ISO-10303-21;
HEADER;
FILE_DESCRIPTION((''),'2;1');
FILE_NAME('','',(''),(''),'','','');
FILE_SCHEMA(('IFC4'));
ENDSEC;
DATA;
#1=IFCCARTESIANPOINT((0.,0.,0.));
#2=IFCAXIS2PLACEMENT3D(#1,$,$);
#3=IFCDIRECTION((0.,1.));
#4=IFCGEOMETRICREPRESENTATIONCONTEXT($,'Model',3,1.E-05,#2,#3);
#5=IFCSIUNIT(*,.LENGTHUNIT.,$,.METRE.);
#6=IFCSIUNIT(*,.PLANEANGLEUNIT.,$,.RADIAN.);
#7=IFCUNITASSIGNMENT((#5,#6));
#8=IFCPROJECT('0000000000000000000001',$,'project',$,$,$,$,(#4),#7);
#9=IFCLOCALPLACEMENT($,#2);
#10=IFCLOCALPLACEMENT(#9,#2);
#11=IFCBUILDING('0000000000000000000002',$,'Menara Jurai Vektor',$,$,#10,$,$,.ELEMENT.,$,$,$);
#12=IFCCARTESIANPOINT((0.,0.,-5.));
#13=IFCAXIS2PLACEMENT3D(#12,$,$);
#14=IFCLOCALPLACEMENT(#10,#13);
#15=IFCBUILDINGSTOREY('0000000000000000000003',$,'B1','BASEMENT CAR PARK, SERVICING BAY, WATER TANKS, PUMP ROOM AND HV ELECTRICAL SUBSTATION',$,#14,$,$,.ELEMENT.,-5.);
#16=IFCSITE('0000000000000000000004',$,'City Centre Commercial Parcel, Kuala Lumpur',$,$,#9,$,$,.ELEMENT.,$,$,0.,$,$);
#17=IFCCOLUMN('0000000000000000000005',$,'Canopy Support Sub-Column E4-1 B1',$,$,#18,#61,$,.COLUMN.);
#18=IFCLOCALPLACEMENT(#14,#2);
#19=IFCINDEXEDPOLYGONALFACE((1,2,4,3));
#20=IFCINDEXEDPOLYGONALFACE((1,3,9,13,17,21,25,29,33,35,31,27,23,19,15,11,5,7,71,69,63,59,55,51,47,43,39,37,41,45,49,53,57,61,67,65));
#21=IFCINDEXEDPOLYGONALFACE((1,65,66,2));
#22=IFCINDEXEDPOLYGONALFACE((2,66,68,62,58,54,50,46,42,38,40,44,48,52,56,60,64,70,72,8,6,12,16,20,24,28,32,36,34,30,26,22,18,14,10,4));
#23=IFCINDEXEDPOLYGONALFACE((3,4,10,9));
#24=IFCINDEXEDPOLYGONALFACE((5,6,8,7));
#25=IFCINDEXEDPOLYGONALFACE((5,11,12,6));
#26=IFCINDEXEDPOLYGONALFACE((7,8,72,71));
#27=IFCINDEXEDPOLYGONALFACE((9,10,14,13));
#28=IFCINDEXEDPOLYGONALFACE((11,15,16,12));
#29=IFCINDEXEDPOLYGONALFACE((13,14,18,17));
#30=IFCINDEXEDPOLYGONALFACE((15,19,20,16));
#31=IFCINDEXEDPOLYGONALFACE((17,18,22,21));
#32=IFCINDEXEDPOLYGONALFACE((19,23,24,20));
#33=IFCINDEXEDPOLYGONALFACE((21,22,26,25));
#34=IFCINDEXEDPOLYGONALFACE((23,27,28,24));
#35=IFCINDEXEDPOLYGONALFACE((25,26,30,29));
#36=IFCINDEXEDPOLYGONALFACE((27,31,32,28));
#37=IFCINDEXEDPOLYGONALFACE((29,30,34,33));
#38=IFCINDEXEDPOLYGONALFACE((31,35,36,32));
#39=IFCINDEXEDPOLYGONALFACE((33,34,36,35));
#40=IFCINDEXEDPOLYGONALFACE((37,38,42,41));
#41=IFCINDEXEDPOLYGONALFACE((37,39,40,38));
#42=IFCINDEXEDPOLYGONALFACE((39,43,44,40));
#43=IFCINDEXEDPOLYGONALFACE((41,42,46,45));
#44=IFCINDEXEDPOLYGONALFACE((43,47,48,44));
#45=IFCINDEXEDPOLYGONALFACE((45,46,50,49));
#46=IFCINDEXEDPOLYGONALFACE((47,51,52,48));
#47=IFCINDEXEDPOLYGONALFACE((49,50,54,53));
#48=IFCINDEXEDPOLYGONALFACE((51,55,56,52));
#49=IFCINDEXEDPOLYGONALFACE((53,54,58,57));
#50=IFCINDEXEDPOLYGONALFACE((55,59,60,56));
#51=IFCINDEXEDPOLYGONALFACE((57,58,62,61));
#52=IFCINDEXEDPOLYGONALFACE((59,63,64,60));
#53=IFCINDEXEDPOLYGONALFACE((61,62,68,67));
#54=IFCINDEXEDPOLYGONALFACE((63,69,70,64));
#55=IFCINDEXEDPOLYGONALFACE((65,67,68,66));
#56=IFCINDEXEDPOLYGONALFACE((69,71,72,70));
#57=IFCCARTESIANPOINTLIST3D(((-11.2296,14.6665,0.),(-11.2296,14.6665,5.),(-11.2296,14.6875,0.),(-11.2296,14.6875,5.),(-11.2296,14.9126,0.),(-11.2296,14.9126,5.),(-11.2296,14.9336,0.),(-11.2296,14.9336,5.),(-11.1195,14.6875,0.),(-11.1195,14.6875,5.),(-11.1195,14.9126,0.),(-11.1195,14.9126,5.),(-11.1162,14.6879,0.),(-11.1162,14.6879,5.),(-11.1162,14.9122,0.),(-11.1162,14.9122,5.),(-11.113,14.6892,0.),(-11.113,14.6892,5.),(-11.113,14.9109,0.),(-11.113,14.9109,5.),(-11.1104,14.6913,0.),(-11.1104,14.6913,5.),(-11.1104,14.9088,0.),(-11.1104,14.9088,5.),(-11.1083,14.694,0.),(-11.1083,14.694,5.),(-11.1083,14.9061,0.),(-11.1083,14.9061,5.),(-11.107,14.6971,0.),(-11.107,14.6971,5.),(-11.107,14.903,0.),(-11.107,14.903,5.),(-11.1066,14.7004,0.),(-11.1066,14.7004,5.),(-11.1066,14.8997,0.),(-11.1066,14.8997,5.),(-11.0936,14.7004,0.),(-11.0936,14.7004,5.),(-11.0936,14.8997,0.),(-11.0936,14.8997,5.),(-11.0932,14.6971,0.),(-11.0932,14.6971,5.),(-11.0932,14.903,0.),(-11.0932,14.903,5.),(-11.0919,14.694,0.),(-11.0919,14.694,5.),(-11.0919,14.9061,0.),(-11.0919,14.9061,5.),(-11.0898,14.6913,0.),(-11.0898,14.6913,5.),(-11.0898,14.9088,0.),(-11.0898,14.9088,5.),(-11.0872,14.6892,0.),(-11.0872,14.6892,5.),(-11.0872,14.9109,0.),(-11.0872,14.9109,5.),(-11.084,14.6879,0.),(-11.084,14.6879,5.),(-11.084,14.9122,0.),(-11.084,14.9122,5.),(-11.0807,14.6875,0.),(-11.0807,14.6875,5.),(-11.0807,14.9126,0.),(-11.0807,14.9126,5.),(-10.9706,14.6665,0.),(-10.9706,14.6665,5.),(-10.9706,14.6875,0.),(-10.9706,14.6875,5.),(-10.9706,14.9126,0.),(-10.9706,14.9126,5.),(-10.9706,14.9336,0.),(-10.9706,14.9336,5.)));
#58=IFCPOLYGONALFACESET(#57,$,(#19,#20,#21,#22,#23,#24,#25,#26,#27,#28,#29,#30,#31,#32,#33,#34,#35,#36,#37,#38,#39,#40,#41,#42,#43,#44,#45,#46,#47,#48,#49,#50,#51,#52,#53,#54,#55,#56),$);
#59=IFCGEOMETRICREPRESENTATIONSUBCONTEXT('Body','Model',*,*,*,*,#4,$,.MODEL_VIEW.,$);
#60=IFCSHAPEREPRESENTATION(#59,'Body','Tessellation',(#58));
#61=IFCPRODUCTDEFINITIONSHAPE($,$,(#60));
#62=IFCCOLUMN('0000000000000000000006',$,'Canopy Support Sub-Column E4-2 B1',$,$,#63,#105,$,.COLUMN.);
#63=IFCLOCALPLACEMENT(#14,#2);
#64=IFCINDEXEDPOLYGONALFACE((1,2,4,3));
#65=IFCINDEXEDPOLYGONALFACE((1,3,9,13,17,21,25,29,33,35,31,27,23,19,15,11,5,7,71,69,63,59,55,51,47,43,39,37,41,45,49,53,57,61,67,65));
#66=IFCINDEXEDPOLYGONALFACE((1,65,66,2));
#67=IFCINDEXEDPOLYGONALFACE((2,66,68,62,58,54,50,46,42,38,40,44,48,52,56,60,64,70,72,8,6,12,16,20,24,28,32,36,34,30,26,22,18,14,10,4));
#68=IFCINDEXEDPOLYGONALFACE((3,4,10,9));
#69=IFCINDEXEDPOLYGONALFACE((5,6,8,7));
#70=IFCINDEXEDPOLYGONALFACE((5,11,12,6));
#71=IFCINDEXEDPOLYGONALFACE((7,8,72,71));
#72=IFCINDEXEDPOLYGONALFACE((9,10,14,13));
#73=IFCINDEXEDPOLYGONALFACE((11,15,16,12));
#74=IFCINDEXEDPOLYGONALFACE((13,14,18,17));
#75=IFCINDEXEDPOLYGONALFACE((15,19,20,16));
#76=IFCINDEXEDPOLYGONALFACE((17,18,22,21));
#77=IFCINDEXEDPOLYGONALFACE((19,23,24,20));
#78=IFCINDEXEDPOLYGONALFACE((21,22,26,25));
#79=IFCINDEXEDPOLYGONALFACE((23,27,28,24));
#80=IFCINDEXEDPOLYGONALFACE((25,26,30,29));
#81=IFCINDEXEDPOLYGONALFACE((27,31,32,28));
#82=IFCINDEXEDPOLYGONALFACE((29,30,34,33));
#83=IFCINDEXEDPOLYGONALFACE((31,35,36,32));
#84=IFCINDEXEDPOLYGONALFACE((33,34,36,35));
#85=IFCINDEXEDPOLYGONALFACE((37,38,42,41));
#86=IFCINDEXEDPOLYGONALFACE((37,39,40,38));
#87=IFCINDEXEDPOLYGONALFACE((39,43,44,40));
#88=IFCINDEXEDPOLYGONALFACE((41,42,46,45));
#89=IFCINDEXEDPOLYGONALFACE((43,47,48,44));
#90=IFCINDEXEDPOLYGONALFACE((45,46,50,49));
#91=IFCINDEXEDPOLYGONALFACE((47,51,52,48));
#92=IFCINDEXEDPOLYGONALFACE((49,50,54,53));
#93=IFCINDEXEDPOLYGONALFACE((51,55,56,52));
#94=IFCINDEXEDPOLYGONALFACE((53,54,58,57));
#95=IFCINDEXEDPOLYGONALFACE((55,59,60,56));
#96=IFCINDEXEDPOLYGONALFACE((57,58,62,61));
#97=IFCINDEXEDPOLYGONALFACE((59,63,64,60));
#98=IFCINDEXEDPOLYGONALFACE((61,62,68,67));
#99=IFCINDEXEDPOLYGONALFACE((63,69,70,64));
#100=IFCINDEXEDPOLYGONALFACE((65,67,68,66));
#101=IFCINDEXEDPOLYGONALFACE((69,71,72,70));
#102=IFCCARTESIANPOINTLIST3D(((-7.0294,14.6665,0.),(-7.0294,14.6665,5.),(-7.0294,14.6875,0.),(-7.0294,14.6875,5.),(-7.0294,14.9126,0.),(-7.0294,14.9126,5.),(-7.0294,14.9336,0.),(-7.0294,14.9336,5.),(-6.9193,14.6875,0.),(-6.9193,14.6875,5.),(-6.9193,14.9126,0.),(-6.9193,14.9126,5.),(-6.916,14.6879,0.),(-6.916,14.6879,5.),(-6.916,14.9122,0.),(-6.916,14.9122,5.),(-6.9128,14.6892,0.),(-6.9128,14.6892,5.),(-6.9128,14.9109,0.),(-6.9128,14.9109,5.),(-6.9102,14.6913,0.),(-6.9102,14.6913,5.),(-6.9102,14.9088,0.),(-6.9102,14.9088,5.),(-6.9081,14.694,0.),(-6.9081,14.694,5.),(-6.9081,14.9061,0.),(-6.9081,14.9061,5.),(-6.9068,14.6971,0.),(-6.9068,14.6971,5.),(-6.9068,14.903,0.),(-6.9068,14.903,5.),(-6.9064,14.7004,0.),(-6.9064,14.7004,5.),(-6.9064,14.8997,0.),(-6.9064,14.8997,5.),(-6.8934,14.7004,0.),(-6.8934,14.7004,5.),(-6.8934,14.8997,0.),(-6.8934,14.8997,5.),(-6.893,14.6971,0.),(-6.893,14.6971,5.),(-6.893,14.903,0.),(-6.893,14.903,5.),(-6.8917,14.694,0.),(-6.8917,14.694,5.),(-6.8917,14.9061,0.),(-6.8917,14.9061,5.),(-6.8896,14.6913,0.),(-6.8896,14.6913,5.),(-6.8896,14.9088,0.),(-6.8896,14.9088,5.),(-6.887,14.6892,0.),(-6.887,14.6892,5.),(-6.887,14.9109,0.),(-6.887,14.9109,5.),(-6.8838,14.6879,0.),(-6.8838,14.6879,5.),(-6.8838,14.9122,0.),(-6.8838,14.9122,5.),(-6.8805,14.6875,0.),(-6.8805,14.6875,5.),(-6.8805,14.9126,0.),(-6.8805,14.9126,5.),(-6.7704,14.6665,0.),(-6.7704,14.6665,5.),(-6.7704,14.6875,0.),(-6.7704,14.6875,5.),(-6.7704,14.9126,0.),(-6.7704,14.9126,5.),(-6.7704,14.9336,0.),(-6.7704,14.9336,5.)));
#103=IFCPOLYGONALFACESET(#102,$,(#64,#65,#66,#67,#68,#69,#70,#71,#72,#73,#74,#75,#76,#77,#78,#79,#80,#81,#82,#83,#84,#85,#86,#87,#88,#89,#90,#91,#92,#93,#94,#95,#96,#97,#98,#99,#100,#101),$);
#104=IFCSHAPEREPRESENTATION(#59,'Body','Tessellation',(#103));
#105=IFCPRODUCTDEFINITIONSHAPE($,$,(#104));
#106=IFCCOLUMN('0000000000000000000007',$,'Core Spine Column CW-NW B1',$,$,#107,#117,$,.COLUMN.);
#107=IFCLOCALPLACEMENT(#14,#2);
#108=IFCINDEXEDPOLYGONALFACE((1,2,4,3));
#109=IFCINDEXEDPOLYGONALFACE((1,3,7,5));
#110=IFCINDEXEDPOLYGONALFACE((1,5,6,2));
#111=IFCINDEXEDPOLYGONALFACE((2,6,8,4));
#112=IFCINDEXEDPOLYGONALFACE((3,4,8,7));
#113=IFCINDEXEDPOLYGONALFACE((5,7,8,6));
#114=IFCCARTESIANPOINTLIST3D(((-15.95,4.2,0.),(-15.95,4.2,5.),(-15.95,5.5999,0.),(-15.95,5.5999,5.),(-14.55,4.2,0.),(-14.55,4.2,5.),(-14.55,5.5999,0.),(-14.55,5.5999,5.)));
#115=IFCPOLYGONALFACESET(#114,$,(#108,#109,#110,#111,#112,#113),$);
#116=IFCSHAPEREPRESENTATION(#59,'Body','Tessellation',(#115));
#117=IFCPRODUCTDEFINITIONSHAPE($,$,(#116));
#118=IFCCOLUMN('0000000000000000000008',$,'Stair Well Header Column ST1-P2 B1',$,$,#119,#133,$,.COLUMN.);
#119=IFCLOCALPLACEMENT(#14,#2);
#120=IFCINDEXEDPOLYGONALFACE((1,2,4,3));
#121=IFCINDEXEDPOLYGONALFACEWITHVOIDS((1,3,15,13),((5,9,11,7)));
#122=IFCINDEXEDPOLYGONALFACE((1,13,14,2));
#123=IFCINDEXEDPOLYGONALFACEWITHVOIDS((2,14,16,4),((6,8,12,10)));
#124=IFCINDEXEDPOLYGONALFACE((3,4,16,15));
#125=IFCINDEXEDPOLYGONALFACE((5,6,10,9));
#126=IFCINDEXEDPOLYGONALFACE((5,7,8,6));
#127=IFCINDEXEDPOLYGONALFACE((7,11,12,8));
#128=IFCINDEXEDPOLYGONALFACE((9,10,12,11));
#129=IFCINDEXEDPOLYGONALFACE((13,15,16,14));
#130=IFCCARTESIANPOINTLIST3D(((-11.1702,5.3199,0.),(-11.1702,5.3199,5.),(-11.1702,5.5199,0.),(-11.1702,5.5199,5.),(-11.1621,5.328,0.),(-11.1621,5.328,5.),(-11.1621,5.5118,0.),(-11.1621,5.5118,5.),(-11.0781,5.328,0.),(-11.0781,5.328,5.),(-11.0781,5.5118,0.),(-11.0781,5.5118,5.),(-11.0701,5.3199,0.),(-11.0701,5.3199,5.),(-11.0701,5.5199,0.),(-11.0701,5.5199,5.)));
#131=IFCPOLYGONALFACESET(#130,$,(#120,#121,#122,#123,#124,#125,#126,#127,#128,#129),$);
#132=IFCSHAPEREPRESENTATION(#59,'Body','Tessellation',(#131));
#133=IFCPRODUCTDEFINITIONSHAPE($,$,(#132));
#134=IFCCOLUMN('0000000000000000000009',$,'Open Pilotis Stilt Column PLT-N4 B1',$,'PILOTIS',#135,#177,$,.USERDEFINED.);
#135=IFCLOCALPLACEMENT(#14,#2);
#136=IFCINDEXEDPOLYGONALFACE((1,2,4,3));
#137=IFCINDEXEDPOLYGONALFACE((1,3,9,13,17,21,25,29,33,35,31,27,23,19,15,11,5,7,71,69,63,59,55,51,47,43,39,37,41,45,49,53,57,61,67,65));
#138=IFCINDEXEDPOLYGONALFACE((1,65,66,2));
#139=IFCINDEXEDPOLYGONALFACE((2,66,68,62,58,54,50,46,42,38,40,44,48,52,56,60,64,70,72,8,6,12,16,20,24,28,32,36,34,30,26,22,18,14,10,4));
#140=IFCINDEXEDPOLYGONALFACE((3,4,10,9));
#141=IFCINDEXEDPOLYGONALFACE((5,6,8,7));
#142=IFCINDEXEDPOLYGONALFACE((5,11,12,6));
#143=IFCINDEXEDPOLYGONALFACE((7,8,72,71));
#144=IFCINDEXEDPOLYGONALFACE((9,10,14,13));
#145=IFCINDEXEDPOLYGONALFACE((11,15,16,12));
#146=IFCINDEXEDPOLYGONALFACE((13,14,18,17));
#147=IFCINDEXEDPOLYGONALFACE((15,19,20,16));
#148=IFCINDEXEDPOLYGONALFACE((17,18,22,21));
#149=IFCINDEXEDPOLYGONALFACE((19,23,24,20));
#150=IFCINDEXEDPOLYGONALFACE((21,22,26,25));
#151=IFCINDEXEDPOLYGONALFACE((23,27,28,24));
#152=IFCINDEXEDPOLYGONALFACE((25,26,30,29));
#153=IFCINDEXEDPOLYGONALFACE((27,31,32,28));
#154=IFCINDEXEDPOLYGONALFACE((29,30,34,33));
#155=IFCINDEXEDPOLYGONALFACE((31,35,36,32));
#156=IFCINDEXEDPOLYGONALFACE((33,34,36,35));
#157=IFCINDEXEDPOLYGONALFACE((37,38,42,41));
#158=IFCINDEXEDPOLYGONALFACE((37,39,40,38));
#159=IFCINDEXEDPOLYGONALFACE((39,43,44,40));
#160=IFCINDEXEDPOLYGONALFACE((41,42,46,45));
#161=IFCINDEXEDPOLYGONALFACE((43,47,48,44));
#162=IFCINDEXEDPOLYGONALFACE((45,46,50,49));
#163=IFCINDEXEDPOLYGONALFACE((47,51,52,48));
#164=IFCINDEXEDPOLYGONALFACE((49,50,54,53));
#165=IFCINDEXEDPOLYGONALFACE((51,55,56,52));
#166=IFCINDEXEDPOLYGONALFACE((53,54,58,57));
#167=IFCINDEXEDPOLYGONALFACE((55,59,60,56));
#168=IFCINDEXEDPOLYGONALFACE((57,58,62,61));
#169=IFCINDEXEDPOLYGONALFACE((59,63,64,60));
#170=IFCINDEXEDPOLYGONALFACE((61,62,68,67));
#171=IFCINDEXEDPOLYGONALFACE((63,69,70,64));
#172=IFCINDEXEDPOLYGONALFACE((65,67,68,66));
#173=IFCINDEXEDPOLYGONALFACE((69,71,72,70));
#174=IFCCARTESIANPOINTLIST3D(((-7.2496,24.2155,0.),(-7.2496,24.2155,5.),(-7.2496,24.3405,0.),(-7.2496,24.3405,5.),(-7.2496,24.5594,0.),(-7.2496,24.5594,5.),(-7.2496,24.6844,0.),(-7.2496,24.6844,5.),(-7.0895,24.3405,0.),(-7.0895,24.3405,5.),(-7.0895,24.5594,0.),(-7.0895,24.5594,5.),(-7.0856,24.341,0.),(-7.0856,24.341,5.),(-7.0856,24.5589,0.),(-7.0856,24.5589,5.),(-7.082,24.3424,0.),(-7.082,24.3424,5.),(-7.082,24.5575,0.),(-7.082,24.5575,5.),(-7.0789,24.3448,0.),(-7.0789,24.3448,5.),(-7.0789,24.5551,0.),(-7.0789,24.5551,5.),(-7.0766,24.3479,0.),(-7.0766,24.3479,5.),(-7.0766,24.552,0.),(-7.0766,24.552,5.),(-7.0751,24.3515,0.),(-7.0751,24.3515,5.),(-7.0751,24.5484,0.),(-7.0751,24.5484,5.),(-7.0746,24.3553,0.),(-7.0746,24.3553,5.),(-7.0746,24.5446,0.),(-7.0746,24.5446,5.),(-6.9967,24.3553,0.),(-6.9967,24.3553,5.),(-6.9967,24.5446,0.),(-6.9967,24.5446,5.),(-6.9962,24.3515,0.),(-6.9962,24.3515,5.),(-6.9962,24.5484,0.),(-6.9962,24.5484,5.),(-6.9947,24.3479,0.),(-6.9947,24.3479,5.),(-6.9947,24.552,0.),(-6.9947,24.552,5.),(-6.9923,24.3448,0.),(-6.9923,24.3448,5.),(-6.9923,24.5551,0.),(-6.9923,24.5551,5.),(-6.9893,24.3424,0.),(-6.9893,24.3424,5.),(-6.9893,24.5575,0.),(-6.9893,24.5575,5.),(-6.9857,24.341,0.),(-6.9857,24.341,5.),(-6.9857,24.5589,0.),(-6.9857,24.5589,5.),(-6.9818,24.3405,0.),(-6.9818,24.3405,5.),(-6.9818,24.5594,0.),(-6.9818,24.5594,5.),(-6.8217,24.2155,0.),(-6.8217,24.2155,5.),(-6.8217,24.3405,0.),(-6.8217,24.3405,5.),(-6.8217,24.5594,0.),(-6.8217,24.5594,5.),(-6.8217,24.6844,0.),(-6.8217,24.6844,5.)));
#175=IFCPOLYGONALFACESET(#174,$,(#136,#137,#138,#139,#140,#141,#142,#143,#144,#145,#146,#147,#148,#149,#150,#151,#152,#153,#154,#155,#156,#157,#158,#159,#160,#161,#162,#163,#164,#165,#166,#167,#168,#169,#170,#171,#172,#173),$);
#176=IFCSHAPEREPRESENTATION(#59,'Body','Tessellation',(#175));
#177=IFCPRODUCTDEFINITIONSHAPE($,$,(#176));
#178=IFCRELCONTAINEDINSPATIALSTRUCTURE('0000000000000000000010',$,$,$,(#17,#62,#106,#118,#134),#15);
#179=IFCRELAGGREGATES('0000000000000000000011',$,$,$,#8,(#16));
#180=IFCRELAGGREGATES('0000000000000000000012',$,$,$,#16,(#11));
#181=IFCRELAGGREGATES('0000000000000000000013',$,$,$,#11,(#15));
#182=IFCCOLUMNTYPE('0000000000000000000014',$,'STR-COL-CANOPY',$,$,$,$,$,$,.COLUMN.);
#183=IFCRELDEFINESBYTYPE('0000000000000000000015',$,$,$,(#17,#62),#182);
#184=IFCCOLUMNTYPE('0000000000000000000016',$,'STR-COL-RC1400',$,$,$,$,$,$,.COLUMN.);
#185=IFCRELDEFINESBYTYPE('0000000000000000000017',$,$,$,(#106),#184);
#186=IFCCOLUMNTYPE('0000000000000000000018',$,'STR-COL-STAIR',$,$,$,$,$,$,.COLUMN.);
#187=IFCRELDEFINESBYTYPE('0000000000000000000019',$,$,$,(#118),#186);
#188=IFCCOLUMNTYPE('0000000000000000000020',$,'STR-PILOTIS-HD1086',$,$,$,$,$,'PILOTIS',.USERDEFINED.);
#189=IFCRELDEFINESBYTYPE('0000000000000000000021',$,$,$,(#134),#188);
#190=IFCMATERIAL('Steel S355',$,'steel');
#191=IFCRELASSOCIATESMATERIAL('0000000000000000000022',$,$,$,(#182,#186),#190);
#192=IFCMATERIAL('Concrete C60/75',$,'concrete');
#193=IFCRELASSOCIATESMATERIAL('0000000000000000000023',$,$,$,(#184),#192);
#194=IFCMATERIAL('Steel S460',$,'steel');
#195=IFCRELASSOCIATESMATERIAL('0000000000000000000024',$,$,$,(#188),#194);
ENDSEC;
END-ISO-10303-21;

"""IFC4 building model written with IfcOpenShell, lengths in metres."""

from ifc_helpers import new_model, si_unit, direction, frame, origin, origin_2d, place, context, subcontext, project, spatial, rectangle, hollow_rectangle, i_section, extrude, material, material_profile, profile_set, type_object, element, save


model = new_model("IFC4")

# Units and contexts
model_context = context("Model", 3, precision=1e-05, world=origin(), true_north=direction((0.0, 1.0)))
body_context = subcontext(model_context, "Body", "Model", "MODEL_VIEW")
ifc_project = project(units=[si_unit("LENGTHUNIT", "METRE"), si_unit("PLANEANGLEUNIT", "RADIAN")], contexts=[model_context])

# Site, building, storey
site_placement = place(None, origin())
site = spatial("IfcSite", under=ifc_project, at=site_placement, Name="City Centre Commercial Parcel, Kuala Lumpur", CompositionType="ELEMENT", RefElevation=0.0)
building_placement = place(site_placement, origin())
building = spatial("IfcBuilding", under=site, at=building_placement, Name="Menara Jurai Vektor", CompositionType="ELEMENT")
storey_placement = place(building_placement, frame((0.0, 0.0, -5.0)))
storey = spatial("IfcBuildingStorey", under=building, at=storey_placement, Name="B1", Description="BASEMENT CAR PARK, SERVICING BAY, WATER TANKS, PUMP ROOM AND HV ELECTRICAL SUBSTATION", CompositionType="ELEMENT", Elevation=-5.0)

# Columns
ifc_material_1 = material(Name="Steel S355", Category="steel")
ifc_material_profile_1 = material_profile(ifc_material_1, i_section(OverallWidth=0.259, OverallDepth=0.2671, WebThickness=0.0129, FlangeThickness=0.021, FilletRadius=0.0129, at=origin_2d()), Name="UKC 254x254x107")
ifc_profile_set_1 = profile_set([ifc_material_profile_1], Name="Steel S355")
column_type_1 = type_object("IfcColumnType", Name="STR-COL-CANOPY", PredefinedType="COLUMN", material=ifc_profile_set_1)
for number, where, z_axis, x_axis, name in (
    (1, (-11.1001, 14.8, 0.0), (0.0, 0.0, 1.0), (1.0, 0.0, 0.0), "Canopy Support Sub-Column E4-1 B1"),
    (2, (-6.8999, 14.8, 0.0), (0.0, 0.0, 1.0), (1.0, 0.0, 0.0), "Canopy Support Sub-Column E4-2 B1"),
):
    element("IfcColumn", number, at=place(storey_placement, frame(where, z_axis=z_axis, x_axis=x_axis)), inside=storey, type_object=column_type_1, Name=name, PredefinedType="COLUMN", context=body_context, shape_type="SweptSolid", body=[
        extrude(i_section(OverallWidth=0.259, OverallDepth=0.2671, WebThickness=0.0129, FlangeThickness=0.021, FilletRadius=0.0129, at=origin_2d()), origin(), (0.0, 0.0, 1.0), 5.0),
    ])
ifc_material_2 = material(Name="Concrete C60/75", Category="concrete")
ifc_material_profile_2 = material_profile(ifc_material_2, rectangle(XDim=1.3999, YDim=1.3999, at=origin_2d()), Name="RC 1400x1400")
ifc_profile_set_2 = profile_set([ifc_material_profile_2], Name="Concrete C60/75")
column_type_2 = type_object("IfcColumnType", Name="STR-COL-RC1400", PredefinedType="COLUMN", material=ifc_profile_set_2)
column_1_placement = place(storey_placement, frame((-15.25, 4.8999, 0.0), z_axis=(0.0, 0.0, 1.0), x_axis=(1.0, 0.0, 0.0)))
element("IfcColumn", 3, at=column_1_placement, inside=storey, type_object=column_type_2, Name="Core Spine Column CW-NW B1", PredefinedType="COLUMN", context=body_context, shape_type="SweptSolid", body=[
    extrude(rectangle(XDim=1.3999, YDim=1.3999, at=origin_2d()), origin(), (0.0, 0.0, 1.0), 5.0),
])
ifc_material_profile_3 = material_profile(ifc_material_1, hollow_rectangle(XDim=0.1001, YDim=0.2, WallThickness=0.0081, at=origin_2d()), Name="RHS 200x100x8")
ifc_profile_set_3 = profile_set([ifc_material_profile_3], Name="Steel S355")
column_type_3 = type_object("IfcColumnType", Name="STR-COL-STAIR", PredefinedType="COLUMN", material=ifc_profile_set_3)
column_2_placement = place(storey_placement, frame((-11.1201, 5.4199, 0.0), z_axis=(0.0, 0.0, 1.0), x_axis=(1.0, 0.0, 0.0)))
element("IfcColumn", 4, at=column_2_placement, inside=storey, type_object=column_type_3, Name="Stair Well Header Column ST1-P2 B1", PredefinedType="COLUMN", context=body_context, shape_type="SweptSolid", body=[
    extrude(hollow_rectangle(XDim=0.1001, YDim=0.2, WallThickness=0.0081, at=origin_2d()), origin(), (0.0, 0.0, 1.0), 5.0),
])
ifc_material_3 = material(Name="Steel S460", Category="steel")
ifc_material_profile_4 = material_profile(ifc_material_3, i_section(OverallWidth=0.428, OverallDepth=0.469, WebThickness=0.0779, FlangeThickness=0.125, FilletRadius=0.0149, at=origin_2d()), Name="HD 400x1086")
ifc_profile_set_4 = profile_set([ifc_material_profile_4], Name="Steel S460")
column_type_4 = type_object("IfcColumnType", Name="STR-PILOTIS-HD1086", ElementType="PILOTIS", PredefinedType="USERDEFINED", material=ifc_profile_set_4)
column_3_placement = place(storey_placement, frame((-7.0356, 24.45, 0.0), z_axis=(0.0, 0.0, 1.0), x_axis=(1.0, 0.0, 0.0)))
element("IfcColumn", 5, at=column_3_placement, inside=storey, type_object=column_type_4, Name="Open Pilotis Stilt Column PLT-N4 B1", ObjectType="PILOTIS", PredefinedType="USERDEFINED", context=body_context, shape_type="SweptSolid", body=[
    extrude(i_section(OverallWidth=0.428, OverallDepth=0.469, WebThickness=0.0779, FlangeThickness=0.125, FilletRadius=0.0149, at=origin_2d()), origin(), (0.0, 0.0, 1.0), 5.0),
])

save(model, "model.ifc")
